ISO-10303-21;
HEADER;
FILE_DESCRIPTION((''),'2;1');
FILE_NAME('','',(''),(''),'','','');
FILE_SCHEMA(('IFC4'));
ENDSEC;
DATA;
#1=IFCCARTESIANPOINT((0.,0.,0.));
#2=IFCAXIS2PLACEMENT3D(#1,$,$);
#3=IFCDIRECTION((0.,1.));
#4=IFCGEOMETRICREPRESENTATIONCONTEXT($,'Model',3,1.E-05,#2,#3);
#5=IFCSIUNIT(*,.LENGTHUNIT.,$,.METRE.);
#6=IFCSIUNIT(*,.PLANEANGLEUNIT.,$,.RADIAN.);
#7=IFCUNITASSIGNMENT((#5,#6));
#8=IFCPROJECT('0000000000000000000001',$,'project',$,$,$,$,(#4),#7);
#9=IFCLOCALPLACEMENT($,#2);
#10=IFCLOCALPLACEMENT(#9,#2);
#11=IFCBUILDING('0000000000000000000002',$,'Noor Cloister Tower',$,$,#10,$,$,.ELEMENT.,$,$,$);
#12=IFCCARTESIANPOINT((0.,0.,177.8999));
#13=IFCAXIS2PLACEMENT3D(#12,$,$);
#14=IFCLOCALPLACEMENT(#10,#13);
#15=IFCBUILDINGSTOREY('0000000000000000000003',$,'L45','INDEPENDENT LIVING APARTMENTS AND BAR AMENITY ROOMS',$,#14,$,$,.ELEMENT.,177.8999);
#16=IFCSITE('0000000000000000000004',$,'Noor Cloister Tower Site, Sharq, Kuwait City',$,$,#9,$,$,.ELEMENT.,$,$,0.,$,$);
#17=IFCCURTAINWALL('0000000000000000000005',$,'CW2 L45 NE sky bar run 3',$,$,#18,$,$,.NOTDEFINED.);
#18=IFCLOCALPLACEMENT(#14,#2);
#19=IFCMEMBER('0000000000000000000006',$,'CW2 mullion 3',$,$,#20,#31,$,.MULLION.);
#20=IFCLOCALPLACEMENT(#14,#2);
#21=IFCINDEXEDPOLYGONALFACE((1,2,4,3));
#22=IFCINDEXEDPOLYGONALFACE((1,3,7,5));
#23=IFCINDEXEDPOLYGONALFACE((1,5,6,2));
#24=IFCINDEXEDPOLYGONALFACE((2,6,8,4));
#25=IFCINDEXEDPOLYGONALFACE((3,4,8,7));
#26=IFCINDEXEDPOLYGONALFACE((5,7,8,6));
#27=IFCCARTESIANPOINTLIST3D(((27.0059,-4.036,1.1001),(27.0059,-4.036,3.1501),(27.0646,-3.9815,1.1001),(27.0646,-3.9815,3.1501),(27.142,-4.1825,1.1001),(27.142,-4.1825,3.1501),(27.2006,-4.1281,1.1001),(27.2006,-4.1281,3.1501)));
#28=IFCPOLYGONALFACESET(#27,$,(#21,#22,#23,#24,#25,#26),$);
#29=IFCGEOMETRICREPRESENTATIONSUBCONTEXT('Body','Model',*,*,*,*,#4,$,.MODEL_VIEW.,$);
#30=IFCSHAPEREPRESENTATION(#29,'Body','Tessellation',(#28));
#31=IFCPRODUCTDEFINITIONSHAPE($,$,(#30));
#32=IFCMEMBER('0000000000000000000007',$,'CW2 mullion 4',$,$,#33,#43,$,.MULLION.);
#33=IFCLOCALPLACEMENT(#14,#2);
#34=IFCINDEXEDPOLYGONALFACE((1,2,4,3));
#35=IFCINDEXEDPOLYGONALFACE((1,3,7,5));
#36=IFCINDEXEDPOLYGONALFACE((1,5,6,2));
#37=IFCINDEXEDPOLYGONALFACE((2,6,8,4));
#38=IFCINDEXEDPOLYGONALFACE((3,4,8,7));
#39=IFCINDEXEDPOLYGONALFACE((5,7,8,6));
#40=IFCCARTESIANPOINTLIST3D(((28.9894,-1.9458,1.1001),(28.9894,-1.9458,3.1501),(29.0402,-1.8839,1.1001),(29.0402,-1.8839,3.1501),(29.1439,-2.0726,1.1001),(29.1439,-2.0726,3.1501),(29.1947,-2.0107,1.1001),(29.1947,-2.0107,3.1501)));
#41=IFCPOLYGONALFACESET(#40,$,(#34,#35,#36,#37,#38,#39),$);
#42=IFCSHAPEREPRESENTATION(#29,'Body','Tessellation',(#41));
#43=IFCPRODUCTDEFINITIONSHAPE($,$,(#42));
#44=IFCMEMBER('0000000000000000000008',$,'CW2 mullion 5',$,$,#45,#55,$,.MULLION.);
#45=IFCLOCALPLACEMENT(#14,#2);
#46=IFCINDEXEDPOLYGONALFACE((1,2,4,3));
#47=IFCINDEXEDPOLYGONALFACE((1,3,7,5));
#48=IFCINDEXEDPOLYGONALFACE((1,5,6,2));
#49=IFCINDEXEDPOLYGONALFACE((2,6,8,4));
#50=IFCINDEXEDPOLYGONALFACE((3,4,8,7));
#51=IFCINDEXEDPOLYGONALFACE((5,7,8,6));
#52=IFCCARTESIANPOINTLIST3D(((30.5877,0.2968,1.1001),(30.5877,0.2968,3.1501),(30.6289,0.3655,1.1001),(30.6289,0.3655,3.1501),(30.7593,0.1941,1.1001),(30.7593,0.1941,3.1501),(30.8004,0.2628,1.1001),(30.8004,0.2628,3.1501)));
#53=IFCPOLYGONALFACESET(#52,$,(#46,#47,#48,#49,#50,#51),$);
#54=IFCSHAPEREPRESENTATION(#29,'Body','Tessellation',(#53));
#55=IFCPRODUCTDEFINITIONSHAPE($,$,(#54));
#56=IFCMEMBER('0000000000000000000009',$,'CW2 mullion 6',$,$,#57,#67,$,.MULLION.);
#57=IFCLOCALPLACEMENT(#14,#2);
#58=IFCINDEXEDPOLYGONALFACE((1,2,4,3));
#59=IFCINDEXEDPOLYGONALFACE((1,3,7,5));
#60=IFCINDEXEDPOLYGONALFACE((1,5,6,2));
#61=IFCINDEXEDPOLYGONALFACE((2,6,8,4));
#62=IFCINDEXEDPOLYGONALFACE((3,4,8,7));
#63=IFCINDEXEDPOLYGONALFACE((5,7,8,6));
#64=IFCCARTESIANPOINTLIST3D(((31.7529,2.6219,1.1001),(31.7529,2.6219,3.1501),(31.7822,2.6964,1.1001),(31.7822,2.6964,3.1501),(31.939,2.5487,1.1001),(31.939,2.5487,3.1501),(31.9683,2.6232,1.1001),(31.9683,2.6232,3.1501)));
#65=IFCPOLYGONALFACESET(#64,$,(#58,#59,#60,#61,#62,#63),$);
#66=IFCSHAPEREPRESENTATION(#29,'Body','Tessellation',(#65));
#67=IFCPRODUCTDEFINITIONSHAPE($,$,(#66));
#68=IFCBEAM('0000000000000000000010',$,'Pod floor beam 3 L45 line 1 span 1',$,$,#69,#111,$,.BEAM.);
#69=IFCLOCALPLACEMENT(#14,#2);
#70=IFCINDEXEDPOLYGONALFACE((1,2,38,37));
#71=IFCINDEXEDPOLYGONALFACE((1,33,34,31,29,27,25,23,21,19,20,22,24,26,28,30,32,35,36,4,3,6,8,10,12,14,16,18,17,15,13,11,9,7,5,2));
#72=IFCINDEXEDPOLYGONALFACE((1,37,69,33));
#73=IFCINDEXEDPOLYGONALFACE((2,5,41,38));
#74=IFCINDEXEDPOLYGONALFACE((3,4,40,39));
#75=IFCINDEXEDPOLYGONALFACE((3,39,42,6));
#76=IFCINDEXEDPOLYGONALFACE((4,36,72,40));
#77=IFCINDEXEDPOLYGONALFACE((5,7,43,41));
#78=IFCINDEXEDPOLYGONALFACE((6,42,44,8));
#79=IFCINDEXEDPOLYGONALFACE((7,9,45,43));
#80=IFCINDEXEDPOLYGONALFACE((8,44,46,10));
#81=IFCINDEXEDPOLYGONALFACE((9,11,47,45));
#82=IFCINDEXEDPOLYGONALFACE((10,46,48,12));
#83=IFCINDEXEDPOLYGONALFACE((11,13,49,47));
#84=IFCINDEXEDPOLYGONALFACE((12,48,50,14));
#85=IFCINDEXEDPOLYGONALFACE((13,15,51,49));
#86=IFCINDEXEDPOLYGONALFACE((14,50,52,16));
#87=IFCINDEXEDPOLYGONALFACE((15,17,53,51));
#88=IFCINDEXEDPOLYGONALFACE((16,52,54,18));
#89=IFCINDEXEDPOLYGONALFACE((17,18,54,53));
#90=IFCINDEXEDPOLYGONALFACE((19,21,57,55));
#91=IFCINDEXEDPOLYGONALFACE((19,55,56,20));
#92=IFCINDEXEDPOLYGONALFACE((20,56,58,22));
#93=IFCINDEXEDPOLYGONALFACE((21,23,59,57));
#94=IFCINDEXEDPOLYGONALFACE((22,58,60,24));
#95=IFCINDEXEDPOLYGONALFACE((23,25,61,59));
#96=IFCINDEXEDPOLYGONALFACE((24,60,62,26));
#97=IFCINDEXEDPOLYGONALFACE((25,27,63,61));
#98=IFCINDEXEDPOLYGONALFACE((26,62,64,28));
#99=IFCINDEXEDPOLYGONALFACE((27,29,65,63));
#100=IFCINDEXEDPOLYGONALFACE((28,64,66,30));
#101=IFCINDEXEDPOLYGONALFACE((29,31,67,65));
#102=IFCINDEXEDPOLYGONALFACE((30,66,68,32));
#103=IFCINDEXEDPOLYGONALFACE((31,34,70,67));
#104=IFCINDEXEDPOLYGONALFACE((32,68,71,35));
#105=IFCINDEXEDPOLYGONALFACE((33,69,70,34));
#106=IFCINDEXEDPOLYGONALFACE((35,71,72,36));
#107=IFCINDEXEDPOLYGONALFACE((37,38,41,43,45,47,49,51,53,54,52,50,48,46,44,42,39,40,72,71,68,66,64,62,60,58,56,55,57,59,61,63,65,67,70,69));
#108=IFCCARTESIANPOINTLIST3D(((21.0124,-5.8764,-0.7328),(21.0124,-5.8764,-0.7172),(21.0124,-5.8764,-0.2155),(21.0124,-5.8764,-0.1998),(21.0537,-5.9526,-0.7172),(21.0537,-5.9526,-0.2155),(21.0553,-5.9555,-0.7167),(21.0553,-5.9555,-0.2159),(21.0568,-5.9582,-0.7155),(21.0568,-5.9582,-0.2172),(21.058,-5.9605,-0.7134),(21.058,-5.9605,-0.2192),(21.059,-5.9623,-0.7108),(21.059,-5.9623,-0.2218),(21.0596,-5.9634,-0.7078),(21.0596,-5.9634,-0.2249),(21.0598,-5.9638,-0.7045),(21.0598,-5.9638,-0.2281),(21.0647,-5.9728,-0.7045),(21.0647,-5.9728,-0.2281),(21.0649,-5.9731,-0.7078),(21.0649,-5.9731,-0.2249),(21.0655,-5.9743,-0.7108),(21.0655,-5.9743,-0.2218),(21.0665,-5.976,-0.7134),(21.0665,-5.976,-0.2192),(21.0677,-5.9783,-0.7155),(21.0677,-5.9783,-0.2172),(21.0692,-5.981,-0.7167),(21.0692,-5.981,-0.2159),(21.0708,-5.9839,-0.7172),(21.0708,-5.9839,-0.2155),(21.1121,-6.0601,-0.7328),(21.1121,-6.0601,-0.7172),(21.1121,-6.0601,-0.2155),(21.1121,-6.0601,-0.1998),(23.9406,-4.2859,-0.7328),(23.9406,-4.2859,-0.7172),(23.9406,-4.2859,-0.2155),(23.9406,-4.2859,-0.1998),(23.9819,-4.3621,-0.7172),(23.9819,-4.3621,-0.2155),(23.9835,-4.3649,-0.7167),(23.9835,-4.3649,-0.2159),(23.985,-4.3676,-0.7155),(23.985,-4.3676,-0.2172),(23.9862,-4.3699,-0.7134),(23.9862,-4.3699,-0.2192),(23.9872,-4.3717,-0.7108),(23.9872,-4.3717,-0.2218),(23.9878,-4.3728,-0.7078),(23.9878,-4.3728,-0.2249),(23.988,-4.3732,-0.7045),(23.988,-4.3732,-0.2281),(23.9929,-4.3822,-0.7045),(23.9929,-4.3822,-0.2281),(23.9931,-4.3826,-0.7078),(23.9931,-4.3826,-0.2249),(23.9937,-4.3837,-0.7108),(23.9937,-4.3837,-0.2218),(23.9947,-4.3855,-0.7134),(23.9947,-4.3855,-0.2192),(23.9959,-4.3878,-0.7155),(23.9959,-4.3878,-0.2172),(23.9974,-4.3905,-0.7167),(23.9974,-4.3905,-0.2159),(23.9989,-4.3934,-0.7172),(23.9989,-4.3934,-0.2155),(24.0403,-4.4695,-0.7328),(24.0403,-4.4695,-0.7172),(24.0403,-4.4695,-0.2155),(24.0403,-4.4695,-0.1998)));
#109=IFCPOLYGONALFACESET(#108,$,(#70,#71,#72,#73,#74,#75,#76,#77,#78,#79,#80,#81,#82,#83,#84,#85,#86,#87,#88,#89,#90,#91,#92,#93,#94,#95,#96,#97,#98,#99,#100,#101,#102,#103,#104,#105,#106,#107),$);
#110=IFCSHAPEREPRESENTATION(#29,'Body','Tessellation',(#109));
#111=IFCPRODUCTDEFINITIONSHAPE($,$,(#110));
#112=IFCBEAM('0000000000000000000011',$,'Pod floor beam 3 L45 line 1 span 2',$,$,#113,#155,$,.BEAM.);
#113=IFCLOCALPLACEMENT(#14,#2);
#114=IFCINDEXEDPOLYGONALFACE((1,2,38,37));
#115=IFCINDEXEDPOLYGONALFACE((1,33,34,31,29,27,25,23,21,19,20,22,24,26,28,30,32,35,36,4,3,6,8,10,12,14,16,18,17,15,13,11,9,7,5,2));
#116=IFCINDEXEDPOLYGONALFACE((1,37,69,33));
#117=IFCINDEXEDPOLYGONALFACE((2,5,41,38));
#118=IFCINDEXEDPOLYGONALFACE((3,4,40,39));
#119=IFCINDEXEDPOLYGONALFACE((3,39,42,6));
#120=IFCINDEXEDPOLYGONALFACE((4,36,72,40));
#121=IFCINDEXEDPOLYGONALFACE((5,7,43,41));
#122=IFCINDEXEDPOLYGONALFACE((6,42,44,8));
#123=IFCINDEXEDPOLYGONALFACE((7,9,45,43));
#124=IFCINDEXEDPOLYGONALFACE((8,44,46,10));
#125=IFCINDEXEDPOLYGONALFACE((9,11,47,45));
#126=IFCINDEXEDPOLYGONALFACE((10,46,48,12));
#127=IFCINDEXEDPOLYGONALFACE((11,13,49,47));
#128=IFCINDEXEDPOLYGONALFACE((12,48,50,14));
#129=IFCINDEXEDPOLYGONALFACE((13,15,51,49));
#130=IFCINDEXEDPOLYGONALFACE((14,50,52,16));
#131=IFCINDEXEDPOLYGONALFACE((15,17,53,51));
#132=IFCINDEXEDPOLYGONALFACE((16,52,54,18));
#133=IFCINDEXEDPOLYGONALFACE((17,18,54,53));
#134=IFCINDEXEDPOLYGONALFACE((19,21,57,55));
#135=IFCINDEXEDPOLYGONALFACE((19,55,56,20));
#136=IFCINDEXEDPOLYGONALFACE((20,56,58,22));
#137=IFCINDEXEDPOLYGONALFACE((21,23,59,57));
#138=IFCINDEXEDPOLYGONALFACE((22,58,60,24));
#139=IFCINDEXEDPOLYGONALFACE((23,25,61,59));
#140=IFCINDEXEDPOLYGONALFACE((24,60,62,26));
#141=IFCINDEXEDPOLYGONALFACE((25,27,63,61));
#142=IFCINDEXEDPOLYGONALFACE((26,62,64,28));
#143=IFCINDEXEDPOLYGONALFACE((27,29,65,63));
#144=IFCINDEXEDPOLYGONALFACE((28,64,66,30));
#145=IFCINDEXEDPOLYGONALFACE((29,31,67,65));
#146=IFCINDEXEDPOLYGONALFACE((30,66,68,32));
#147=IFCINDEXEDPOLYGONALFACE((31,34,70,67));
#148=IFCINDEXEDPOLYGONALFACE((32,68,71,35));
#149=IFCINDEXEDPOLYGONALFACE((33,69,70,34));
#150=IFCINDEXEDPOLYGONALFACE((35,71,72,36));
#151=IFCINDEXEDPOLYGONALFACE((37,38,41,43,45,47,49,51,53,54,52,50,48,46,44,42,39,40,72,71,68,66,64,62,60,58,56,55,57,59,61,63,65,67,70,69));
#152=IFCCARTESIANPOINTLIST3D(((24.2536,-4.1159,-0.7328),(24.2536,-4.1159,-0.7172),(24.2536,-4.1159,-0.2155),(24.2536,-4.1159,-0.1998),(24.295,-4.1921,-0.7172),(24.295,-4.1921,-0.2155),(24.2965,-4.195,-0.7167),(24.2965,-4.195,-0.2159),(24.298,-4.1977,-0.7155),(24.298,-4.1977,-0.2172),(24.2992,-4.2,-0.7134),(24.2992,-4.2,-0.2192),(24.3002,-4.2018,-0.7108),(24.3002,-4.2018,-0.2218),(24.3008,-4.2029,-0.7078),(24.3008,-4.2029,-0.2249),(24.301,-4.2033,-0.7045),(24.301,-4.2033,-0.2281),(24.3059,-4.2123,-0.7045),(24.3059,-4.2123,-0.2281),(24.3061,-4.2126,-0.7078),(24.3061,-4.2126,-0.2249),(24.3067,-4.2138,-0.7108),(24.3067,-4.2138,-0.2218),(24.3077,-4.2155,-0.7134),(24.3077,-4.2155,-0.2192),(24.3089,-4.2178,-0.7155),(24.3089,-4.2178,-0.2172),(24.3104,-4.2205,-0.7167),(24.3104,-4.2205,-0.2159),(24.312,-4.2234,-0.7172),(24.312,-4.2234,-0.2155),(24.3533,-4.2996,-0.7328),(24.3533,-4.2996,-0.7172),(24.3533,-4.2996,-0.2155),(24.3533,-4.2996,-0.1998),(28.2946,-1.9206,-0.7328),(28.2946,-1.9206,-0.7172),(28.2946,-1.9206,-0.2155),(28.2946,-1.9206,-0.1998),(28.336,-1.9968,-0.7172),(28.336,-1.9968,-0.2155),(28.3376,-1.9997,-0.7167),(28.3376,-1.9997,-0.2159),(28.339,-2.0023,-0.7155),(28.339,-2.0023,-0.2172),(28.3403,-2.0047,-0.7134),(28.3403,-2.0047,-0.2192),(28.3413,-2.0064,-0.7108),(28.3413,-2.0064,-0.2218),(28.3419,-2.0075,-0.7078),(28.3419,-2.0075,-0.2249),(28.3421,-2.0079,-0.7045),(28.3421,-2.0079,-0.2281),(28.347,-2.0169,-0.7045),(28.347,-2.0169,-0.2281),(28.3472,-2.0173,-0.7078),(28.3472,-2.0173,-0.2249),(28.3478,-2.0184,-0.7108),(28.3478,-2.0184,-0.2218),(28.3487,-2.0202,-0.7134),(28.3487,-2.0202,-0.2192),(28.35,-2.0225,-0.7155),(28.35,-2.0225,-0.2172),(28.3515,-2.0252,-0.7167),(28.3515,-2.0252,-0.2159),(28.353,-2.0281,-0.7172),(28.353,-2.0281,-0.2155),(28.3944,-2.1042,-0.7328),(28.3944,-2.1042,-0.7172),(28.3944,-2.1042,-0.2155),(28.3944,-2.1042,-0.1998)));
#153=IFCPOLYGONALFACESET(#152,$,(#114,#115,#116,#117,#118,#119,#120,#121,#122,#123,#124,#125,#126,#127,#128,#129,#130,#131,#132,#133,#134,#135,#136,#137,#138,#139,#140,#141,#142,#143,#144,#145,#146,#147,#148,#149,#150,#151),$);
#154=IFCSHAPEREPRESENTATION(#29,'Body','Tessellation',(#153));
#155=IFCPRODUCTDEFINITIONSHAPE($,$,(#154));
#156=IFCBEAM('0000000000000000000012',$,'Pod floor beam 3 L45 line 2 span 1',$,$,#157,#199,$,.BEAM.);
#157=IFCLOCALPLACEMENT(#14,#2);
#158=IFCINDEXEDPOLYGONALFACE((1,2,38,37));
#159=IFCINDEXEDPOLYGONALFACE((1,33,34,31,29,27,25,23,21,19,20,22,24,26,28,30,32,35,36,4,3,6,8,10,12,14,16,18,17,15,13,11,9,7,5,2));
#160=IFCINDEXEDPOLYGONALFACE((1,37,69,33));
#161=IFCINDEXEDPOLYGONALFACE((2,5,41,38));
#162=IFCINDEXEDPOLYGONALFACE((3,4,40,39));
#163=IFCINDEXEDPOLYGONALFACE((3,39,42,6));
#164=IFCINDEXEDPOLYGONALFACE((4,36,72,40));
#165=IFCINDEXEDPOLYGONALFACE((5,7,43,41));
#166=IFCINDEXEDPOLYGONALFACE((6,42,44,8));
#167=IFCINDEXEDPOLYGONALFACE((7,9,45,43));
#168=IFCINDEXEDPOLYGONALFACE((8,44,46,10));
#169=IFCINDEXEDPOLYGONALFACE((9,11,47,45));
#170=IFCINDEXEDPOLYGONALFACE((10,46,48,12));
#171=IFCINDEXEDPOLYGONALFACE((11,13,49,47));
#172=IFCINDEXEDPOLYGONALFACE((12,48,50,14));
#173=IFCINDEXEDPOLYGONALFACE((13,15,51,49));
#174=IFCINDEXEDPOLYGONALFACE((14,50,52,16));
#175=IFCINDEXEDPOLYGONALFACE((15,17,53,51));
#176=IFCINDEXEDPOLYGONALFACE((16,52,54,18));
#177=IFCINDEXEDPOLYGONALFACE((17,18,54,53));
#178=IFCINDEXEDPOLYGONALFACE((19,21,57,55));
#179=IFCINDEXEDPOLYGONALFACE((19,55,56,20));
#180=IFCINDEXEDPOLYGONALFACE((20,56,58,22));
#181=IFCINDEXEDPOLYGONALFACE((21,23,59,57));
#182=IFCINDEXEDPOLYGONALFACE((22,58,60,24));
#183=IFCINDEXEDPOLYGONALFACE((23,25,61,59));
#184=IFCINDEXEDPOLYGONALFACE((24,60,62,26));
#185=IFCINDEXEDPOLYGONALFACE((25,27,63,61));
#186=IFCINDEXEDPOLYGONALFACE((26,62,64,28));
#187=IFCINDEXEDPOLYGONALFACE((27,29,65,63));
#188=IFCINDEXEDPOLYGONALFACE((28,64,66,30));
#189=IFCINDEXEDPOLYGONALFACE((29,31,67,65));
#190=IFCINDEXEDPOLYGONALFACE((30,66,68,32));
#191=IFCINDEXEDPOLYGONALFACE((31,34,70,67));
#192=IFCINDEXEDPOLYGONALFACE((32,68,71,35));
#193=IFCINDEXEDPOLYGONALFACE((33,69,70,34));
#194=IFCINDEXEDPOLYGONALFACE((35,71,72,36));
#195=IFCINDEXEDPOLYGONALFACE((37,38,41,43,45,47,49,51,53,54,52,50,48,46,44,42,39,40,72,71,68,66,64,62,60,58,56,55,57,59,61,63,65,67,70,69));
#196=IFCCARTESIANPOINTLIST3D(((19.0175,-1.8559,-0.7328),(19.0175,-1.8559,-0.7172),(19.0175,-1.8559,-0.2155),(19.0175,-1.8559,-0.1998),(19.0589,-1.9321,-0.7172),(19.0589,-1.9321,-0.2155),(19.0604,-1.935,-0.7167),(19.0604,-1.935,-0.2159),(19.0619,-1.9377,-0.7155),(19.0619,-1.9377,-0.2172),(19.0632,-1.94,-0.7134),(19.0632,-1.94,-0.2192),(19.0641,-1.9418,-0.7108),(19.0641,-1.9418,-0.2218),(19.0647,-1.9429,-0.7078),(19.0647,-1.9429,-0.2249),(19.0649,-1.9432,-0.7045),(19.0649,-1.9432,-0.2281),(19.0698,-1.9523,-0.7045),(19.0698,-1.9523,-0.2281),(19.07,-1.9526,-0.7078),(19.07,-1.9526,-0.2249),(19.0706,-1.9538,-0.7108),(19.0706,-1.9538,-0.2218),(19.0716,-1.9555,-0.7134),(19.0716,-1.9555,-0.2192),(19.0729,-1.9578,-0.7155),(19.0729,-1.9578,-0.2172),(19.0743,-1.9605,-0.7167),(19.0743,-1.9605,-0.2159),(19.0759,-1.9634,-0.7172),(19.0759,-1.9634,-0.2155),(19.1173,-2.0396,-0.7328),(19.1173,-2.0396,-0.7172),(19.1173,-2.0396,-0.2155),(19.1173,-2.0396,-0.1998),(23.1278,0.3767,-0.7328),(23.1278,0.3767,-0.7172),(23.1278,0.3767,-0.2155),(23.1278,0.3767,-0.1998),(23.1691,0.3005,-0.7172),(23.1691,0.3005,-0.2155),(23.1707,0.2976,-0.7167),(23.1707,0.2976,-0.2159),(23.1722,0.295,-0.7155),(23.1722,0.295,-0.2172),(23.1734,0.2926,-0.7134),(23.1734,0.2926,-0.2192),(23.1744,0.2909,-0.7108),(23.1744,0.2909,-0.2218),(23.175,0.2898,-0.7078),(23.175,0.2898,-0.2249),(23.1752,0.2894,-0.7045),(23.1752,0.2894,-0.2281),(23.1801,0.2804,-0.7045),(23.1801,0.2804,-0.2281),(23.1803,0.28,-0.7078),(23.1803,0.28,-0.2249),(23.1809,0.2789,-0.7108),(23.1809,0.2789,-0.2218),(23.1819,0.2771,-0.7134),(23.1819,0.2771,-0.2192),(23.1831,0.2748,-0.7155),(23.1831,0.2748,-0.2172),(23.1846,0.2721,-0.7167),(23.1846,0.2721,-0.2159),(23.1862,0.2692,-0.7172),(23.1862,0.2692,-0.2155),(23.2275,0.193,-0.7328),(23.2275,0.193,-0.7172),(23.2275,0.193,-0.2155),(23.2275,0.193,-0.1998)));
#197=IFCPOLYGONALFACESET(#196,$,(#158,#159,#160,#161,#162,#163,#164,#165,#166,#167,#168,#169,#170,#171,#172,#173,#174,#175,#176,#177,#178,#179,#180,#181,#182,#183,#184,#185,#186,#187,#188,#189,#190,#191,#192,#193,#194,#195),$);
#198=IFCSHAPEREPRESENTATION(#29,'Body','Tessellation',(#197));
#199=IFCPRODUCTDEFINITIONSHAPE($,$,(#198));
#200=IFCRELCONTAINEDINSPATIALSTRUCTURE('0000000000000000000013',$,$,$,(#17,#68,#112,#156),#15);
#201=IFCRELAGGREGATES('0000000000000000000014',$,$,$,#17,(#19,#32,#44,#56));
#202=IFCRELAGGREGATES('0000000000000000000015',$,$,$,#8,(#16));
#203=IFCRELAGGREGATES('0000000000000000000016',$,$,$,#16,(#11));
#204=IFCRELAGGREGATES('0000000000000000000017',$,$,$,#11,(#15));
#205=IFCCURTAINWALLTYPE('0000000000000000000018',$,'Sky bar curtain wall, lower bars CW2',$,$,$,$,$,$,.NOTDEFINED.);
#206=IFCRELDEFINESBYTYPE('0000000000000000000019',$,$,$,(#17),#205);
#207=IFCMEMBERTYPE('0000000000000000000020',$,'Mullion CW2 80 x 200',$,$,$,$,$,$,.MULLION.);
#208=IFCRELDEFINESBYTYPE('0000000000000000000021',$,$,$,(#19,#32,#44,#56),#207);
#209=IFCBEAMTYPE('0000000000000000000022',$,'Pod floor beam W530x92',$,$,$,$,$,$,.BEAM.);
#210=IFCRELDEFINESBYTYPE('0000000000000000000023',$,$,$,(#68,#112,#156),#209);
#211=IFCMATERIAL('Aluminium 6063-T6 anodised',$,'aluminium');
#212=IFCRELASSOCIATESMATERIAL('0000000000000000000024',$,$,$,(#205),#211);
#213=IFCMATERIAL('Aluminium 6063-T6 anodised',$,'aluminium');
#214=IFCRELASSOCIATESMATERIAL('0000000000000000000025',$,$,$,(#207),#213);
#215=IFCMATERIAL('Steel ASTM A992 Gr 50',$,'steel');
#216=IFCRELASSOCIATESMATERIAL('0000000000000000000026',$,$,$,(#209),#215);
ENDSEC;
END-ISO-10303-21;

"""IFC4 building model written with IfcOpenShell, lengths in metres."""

from ifc_helpers import new_model, si_unit, direction, frame, origin, origin_2d, place, context, subcontext, project, spatial, rectangle, i_section, extrude, material, material_profile, profile_set, type_object, element, aggregate, save


model = new_model("IFC4")

# Units and contexts
model_context = context("Model", 3, precision=1e-05, world=origin(), true_north=direction((0.0, 1.0)))
body_context = subcontext(model_context, "Body", "Model", "MODEL_VIEW")
ifc_project = project(units=[si_unit("LENGTHUNIT", "METRE"), si_unit("PLANEANGLEUNIT", "RADIAN")], contexts=[model_context])

# Site, building, storey
site_placement = place(None, origin())
site = spatial("IfcSite", under=ifc_project, at=site_placement, Name="Noor Cloister Tower Site, Sharq, Kuwait City", CompositionType="ELEMENT", RefElevation=0.0)
building_placement = place(site_placement, origin())
building = spatial("IfcBuilding", under=site, at=building_placement, Name="Noor Cloister Tower", CompositionType="ELEMENT")
storey_placement = place(building_placement, frame((0.0, 0.0, 177.8999)))
storey = spatial("IfcBuildingStorey", under=building, at=storey_placement, Name="L45", Description="INDEPENDENT LIVING APARTMENTS AND BAR AMENITY ROOMS", CompositionType="ELEMENT", Elevation=177.8999)

# Curtain wall, members
ifc_material_1 = material(Name="Aluminium 6063-T6 anodised", Category="aluminium")
curtain_wall_type = type_object("IfcCurtainWallType", Name="Sky bar curtain wall, lower bars CW2", PredefinedType="NOTDEFINED", material=ifc_material_1)
curtain_wall_placement = place(storey_placement, origin())
curtain_wall = element("IfcCurtainWall", 1, at=curtain_wall_placement, inside=storey, type_object=curtain_wall_type, Name="CW2 L45 NE sky bar run 3", PredefinedType="NOTDEFINED")
ifc_material_2 = material(Name="Aluminium 6063-T6 anodised", Category="aluminium")
ifc_material_profile_1 = material_profile(ifc_material_2, rectangle(XDim=0.2, YDim=0.0801, at=origin_2d()), Name="200 x 80 mullion")
ifc_profile_set_1 = profile_set([ifc_material_profile_1], Name="Aluminium 6063-T6 anodised")
member_type = type_object("IfcMemberType", Name="Mullion CW2 80 x 200", PredefinedType="MULLION", material=ifc_profile_set_1)
member_1_placement = place(storey_placement, frame((27.1033, -4.082, 1.1001), z_axis=(0.0, 0.0, 1.0), x_axis=(-0.680412, 0.732829, 0.0)))
member_1 = element("IfcMember", 2, at=member_1_placement, type_object=member_type, Name="CW2 mullion 3", PredefinedType="MULLION", context=body_context, shape_type="SweptSolid", body=[
    extrude(rectangle(XDim=0.2, YDim=0.0801, at=origin_2d()), origin(), (0.0, 0.0, 1.0), 2.05),
])
member_2_placement = place(storey_placement, frame((29.092, -1.9783, 1.1001), z_axis=(0.0, 0.0, 1.0), x_axis=(-0.773026, 0.634375, 0.0)))
member_2 = element("IfcMember", 3, at=member_2_placement, type_object=member_type, Name="CW2 mullion 4", PredefinedType="MULLION", context=body_context, shape_type="SweptSolid", body=[
    extrude(rectangle(XDim=0.2, YDim=0.0801, at=origin_2d()), origin(), (0.0, 0.0, 1.0), 2.05),
])
member_3_placement = place(storey_placement, frame((30.6941, 0.2798, 1.1001), z_axis=(0.0, 0.0, 1.0), x_axis=(-0.857965, 0.513709, 0.0)))
member_3 = element("IfcMember", 4, at=member_3_placement, type_object=member_type, Name="CW2 mullion 5", PredefinedType="MULLION", context=body_context, shape_type="SweptSolid", body=[
    extrude(rectangle(XDim=0.2, YDim=0.0801, at=origin_2d()), origin(), (0.0, 0.0, 1.0), 2.05),
])
member_4_placement = place(storey_placement, frame((31.8606, 2.6226, 1.1001), z_axis=(0.0, 0.0, 1.0), x_axis=(-0.930621, 0.365983, 0.0)))
member_4 = element("IfcMember", 5, at=member_4_placement, type_object=member_type, Name="CW2 mullion 6", PredefinedType="MULLION", context=body_context, shape_type="SweptSolid", body=[
    extrude(rectangle(XDim=0.2, YDim=0.0801, at=origin_2d()), origin(), (0.0, 0.0, 1.0), 2.05),
])

# Beams
ifc_material_3 = material(Name="Steel ASTM A992 Gr 50", Category="steel")
ifc_material_profile_2 = material_profile(ifc_material_3, i_section(OverallWidth=0.209, OverallDepth=0.533, WebThickness=0.0103, FlangeThickness=0.0156, FilletRadius=0.0127, at=origin_2d()), Name="W530x92")
ifc_profile_set_2 = profile_set([ifc_material_profile_2], Name="Steel ASTM A992 Gr 50")
beam_type_1 = type_object("IfcBeamType", Name="Pod floor beam W530x92", PredefinedType="BEAM", material=ifc_profile_set_2)
beam_1_placement = place(storey_placement, frame((21.0623, -5.9683, -0.4663), z_axis=(0.878731, 0.477317, 0.0), x_axis=(-0.477317, 0.878731, 0.0)))
element("IfcBeam", 6, at=beam_1_placement, inside=storey, type_object=beam_type_1, Name="Pod floor beam 3 L45 line 1 span 1", PredefinedType="BEAM", context=body_context, shape_type="SweptSolid", body=[
    extrude(i_section(OverallWidth=0.209, OverallDepth=0.533, WebThickness=0.0103, FlangeThickness=0.0156, FilletRadius=0.0127, at=origin_2d()), origin(), (0.0, 0.0, 1.0), 3.3323),
])
beam_2_placement = place(storey_placement, frame((24.3035, -4.2078, -0.4663), z_axis=(0.878706, 0.477364, 0.0), x_axis=(-0.477364, 0.878706, 0.0)))
element("IfcBeam", 7, at=beam_2_placement, inside=storey, type_object=beam_type_1, Name="Pod floor beam 3 L45 line 1 span 2", PredefinedType="BEAM", context=body_context, shape_type="SweptSolid", body=[
    extrude(i_section(OverallWidth=0.209, OverallDepth=0.533, WebThickness=0.0103, FlangeThickness=0.0156, FilletRadius=0.0127, at=origin_2d()), origin(), (0.0, 0.0, 1.0), 4.5989),
])
beam_3_placement = place(storey_placement, frame((19.0674, -1.9478, -0.4663), z_axis=(0.878734, 0.477312, 0.0), x_axis=(-0.477312, 0.878734, 0.0)))
element("IfcBeam", 8, at=beam_3_placement, inside=storey, type_object=beam_type_1, Name="Pod floor beam 3 L45 line 2 span 1", PredefinedType="BEAM", context=body_context, shape_type="SweptSolid", body=[
    extrude(i_section(OverallWidth=0.209, OverallDepth=0.533, WebThickness=0.0103, FlangeThickness=0.0156, FilletRadius=0.0127, at=origin_2d()), origin(), (0.0, 0.0, 1.0), 4.6775),
])

aggregate(curtain_wall, [member_1, member_2, member_3, member_4])

save(model, "model.ifc")
